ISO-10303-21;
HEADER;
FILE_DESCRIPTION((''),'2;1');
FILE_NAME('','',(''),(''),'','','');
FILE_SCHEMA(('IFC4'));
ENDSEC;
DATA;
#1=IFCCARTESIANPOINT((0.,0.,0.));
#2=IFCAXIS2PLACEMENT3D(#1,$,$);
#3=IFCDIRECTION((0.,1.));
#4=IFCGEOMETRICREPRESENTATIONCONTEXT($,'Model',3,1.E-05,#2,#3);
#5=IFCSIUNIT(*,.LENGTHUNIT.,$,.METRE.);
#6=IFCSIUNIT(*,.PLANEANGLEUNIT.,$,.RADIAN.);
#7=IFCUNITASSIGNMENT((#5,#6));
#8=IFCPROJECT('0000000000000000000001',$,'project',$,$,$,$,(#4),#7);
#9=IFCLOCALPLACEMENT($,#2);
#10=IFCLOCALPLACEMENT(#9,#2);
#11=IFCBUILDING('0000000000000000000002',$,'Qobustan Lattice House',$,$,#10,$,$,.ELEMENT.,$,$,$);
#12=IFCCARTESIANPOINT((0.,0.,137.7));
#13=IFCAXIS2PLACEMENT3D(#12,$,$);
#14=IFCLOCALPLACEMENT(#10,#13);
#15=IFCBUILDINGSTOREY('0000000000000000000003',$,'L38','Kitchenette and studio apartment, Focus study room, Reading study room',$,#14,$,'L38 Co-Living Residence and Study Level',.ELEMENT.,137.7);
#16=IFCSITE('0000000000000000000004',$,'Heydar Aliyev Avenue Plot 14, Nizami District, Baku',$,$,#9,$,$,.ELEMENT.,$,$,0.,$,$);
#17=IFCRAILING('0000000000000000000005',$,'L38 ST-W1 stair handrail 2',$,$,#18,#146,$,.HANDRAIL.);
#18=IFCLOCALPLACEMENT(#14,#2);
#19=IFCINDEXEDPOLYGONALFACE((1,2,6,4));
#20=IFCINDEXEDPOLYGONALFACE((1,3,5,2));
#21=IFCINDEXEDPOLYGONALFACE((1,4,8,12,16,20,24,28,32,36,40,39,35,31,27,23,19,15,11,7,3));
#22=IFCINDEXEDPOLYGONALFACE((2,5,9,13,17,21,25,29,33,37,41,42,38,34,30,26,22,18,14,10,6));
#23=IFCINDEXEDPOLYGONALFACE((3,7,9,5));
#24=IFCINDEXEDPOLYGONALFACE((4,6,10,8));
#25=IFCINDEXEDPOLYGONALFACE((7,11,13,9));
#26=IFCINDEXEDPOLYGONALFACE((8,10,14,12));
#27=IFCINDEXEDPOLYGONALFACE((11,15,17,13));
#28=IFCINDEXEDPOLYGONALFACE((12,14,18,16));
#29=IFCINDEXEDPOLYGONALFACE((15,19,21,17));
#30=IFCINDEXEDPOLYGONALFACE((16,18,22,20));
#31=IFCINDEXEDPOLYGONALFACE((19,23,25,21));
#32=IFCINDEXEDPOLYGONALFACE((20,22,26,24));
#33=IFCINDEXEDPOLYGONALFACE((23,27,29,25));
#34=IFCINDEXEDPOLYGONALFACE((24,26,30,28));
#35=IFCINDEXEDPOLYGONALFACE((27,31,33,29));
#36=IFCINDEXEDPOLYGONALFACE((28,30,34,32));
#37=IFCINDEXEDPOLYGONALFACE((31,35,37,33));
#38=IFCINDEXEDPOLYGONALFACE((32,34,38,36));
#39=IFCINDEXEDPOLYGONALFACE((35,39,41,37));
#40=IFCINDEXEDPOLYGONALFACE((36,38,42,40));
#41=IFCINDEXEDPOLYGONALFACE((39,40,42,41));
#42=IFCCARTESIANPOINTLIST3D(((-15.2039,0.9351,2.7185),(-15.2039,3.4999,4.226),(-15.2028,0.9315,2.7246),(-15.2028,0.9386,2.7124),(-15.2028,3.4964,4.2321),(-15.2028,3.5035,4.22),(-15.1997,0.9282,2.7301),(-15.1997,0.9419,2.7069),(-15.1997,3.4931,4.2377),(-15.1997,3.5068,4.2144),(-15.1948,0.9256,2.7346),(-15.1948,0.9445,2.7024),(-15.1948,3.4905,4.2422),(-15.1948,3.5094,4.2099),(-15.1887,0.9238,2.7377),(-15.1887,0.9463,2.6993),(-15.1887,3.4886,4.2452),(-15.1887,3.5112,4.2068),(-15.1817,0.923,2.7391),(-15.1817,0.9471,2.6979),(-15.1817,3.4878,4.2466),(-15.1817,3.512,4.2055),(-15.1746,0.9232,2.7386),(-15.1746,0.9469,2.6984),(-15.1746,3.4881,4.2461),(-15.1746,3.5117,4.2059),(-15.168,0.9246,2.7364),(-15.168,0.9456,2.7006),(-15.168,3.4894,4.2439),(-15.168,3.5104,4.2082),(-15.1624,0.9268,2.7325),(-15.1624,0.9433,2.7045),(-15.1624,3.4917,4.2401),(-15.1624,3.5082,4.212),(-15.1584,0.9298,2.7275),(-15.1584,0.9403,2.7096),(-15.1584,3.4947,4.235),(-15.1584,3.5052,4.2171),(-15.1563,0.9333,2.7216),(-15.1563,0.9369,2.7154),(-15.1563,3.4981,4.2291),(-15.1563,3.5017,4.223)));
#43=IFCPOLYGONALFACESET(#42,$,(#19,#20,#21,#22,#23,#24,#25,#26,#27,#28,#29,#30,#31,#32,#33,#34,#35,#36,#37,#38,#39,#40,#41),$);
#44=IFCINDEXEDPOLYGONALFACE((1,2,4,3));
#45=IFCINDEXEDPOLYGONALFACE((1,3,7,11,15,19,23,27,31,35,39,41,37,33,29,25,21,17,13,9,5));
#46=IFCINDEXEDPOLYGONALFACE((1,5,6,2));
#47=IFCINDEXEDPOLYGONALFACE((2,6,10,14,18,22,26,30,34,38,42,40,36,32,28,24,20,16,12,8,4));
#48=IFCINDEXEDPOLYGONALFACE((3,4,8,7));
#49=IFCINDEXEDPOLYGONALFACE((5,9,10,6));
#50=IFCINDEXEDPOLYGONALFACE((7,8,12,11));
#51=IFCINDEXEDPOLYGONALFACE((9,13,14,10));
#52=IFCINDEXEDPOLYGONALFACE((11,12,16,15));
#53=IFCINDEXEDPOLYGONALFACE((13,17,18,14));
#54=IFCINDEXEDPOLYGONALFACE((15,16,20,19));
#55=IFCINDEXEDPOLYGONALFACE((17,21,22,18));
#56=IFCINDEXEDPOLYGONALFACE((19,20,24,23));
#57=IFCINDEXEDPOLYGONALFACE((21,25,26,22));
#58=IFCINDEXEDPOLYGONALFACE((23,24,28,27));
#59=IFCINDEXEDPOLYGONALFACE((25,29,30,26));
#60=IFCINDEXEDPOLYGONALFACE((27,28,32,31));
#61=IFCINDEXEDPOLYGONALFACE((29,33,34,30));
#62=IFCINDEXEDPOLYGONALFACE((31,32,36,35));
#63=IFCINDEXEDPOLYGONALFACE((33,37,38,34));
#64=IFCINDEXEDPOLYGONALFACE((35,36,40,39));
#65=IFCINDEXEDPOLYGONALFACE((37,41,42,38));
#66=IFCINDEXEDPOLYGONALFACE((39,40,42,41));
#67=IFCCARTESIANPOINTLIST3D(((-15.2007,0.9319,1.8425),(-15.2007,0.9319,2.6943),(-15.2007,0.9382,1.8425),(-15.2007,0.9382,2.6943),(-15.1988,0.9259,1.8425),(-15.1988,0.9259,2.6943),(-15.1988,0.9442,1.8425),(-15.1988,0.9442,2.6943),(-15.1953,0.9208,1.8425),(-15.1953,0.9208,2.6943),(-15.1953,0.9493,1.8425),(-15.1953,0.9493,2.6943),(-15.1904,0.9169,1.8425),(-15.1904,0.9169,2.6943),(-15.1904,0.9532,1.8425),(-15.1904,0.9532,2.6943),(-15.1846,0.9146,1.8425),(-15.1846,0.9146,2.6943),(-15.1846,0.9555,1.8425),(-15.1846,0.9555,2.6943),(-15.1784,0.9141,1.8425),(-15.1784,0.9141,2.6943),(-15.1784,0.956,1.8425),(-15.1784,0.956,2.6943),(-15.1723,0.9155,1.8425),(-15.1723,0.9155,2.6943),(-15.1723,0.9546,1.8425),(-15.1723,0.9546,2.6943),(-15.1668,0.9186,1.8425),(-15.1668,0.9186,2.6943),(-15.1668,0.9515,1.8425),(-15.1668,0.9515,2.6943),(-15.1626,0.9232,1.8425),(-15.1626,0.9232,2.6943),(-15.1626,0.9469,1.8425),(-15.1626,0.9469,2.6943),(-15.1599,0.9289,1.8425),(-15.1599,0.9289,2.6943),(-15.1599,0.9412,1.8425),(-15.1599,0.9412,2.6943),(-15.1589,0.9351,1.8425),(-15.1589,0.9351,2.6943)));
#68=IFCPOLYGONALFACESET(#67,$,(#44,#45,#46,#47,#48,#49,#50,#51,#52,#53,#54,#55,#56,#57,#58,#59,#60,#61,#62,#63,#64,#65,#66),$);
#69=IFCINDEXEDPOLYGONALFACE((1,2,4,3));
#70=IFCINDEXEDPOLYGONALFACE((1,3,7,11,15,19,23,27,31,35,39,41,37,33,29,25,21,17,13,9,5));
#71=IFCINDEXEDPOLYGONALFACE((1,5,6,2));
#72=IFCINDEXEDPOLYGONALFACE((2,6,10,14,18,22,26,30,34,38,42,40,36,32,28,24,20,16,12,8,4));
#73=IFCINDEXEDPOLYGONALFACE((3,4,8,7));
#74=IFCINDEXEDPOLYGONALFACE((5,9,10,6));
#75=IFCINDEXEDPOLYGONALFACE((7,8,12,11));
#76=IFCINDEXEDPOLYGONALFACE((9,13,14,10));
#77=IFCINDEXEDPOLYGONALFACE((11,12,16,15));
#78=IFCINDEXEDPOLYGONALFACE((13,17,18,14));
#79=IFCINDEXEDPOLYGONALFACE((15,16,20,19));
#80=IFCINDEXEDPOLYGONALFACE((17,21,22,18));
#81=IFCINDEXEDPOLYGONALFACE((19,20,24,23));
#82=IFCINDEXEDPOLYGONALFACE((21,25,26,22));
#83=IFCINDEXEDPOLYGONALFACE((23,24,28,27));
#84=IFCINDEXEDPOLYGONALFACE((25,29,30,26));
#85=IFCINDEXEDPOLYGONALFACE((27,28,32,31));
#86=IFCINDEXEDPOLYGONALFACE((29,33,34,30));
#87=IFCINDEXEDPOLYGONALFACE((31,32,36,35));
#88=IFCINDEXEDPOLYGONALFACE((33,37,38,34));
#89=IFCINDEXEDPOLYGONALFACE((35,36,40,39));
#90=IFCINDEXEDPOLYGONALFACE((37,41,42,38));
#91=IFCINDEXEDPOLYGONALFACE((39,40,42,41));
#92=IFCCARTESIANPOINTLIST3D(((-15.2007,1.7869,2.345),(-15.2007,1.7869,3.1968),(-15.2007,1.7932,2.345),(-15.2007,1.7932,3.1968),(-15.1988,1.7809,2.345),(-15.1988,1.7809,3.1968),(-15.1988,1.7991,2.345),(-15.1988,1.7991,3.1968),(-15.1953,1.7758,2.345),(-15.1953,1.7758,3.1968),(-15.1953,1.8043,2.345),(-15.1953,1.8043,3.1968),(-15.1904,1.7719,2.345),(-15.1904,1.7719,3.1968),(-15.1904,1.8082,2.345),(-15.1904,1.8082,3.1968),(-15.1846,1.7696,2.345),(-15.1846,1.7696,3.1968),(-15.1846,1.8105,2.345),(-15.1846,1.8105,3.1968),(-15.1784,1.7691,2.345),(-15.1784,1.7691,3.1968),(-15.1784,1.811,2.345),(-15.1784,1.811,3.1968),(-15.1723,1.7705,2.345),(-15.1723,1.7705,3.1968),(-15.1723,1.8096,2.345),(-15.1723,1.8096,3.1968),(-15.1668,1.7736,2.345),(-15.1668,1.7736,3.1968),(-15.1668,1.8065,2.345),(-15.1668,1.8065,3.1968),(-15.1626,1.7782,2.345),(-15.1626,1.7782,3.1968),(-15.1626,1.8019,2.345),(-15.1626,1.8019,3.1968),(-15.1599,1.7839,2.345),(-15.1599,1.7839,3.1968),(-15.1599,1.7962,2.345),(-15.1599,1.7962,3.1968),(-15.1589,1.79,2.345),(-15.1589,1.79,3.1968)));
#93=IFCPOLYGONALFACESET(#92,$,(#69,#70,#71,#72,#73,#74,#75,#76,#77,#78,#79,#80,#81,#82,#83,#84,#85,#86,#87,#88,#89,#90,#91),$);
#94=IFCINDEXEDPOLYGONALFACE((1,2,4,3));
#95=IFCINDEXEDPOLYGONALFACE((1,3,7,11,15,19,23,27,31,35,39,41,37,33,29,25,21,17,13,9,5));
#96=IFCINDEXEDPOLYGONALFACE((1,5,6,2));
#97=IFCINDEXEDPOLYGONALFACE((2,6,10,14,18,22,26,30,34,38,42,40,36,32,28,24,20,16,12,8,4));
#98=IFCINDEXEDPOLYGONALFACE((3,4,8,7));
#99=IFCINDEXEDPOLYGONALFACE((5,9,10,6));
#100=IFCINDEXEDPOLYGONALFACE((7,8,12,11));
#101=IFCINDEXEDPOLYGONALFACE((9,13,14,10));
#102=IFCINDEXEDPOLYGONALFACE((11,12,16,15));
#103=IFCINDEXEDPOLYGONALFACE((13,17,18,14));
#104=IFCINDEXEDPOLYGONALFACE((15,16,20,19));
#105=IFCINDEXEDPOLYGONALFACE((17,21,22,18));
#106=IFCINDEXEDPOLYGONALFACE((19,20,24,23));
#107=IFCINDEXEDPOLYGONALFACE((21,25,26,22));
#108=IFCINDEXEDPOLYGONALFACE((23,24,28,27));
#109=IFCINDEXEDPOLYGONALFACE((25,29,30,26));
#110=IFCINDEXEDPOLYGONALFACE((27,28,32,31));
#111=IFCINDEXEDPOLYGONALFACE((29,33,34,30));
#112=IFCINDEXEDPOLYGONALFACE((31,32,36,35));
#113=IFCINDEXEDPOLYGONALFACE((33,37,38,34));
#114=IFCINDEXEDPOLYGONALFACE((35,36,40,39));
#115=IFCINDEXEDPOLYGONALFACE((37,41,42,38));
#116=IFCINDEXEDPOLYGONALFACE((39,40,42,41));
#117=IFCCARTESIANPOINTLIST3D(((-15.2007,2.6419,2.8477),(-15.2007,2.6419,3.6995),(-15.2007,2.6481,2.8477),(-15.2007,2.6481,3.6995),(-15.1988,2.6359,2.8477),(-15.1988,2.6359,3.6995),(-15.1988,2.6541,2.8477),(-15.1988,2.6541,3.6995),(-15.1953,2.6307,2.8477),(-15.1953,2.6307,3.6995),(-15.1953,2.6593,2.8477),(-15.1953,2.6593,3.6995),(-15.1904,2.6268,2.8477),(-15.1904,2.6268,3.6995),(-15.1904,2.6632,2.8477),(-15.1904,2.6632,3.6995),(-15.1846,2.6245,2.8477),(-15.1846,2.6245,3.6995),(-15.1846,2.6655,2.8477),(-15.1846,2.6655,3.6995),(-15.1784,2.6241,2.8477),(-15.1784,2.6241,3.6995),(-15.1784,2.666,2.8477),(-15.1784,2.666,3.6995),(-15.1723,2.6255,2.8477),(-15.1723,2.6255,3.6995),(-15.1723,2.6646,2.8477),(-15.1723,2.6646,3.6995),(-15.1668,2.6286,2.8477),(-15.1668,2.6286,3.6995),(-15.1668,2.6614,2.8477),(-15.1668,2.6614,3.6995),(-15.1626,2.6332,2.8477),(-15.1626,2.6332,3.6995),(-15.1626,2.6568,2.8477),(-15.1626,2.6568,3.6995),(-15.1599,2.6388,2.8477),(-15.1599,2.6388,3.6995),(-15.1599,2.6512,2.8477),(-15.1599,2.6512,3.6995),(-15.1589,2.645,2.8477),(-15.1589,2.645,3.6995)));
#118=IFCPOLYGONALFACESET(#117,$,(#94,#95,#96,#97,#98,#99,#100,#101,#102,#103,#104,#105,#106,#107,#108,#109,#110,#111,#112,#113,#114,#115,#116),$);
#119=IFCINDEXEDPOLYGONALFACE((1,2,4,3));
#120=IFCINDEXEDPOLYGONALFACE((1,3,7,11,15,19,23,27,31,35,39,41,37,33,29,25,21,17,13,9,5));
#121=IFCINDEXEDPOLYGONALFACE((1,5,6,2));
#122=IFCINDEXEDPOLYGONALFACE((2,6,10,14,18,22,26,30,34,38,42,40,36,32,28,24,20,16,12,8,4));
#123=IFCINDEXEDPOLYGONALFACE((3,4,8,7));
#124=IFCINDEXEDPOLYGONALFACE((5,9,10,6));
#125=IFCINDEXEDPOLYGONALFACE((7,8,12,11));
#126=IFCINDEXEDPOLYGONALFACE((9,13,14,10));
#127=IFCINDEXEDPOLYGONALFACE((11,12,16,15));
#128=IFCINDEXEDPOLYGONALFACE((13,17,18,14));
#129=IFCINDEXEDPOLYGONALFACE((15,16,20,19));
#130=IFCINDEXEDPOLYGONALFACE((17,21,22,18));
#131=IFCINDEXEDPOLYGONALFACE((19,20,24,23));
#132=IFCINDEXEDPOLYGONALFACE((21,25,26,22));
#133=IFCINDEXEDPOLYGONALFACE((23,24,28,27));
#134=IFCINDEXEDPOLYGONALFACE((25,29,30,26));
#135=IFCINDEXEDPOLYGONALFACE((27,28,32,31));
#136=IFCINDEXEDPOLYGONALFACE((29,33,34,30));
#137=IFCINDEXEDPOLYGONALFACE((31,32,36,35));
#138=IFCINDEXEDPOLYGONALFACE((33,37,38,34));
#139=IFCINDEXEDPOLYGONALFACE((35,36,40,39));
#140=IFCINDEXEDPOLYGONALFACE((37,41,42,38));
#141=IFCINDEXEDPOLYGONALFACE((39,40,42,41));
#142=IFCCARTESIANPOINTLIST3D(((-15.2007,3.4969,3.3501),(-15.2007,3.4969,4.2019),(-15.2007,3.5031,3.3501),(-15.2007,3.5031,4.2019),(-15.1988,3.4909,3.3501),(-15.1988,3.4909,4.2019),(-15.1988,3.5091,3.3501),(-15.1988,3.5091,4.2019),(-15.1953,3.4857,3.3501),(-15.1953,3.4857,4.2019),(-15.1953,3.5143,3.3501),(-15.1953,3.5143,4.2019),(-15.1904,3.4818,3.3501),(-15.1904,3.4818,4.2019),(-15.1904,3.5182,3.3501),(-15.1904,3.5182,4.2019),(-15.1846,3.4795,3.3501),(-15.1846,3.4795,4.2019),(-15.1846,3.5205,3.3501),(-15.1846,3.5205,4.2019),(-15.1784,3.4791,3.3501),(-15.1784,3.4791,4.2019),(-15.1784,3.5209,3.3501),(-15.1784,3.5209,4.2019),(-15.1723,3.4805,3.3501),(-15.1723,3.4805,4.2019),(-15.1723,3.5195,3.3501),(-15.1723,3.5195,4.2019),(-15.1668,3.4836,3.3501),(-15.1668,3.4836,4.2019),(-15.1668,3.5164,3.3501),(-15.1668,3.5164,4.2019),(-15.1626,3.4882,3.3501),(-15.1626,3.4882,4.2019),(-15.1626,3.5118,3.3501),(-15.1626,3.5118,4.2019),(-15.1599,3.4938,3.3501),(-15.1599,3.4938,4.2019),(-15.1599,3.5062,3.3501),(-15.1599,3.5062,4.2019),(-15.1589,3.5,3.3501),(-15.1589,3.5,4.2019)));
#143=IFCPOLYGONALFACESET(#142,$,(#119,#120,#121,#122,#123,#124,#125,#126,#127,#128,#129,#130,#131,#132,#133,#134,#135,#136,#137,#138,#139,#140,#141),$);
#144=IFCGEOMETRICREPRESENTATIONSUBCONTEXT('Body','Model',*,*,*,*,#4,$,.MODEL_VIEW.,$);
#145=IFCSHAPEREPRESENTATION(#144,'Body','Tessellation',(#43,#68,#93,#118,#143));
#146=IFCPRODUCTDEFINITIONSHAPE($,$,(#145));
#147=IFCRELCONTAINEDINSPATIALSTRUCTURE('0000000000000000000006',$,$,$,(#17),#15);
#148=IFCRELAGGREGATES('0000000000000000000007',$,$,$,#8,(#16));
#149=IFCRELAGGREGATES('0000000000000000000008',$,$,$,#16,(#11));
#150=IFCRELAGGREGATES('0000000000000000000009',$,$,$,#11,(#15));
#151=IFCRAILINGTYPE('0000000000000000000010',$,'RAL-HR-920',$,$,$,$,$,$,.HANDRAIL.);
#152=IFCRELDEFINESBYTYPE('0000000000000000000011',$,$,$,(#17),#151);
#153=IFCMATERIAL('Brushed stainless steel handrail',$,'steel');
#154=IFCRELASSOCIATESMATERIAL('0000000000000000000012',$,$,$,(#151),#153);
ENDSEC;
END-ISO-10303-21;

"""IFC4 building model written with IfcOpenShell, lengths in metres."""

from ifc_helpers import new_model, si_unit, direction, frame, origin, origin_2d, place, context, subcontext, project, spatial, circle, extrude, material, type_object, element, save


model = new_model("IFC4")

# Units and contexts
model_context = context("Model", 3, precision=1e-05, world=origin(), true_north=direction((0.0, 1.0)))
body_context = subcontext(model_context, "Body", "Model", "MODEL_VIEW")
ifc_project = project(units=[si_unit("LENGTHUNIT", "METRE"), si_unit("PLANEANGLEUNIT", "RADIAN")], contexts=[model_context])

# Site, building, storey
site_placement = place(None, origin())
site = spatial("IfcSite", under=ifc_project, at=site_placement, Name="Heydar Aliyev Avenue Plot 14, Nizami District, Baku", CompositionType="ELEMENT", RefElevation=0.0)
building_placement = place(site_placement, origin())
building = spatial("IfcBuilding", under=site, at=building_placement, Name="Qobustan Lattice House", CompositionType="ELEMENT")
storey_placement = place(building_placement, frame((0.0, 0.0, 137.7)))
storey = spatial("IfcBuildingStorey", under=building, at=storey_placement, Name="L38", Description="Kitchenette and studio apartment, Focus study room, Reading study room", LongName="L38 Co-Living Residence and Study Level", CompositionType="ELEMENT", Elevation=137.7)

# Railing
ifc_material_1 = material(Name="Brushed stainless steel handrail", Category="steel")
railing_type_1 = type_object("IfcRailingType", Name="RAL-HR-920", PredefinedType="HANDRAIL", material=ifc_material_1)
railing_1_placement = place(storey_placement, frame((-15.1799, 0.9351, 1.8425)))
element("IfcRailing", 1, at=railing_1_placement, inside=storey, type_object=railing_type_1, Name="L38 ST-W1 stair handrail 2", PredefinedType="HANDRAIL", context=body_context, shape_type="SweptSolid", body=[
    extrude(circle(Radius=0.0239, at=origin_2d()), frame((0.0, 0.0, 0.876), z_axis=(0.0, 0.862113, 0.506715), x_axis=(-1.0, 0.0, 0.0)), (0.0, 0.0, 1.0), 2.9751),
    extrude(circle(Radius=0.021, at=origin_2d()), origin(), (0.0, 0.0, 1.0), 0.8518),
    extrude(circle(Radius=0.021, at=origin_2d()), frame((0.0, 0.855, 0.5024)), (0.0, 0.0, 1.0), 0.8518),
    extrude(circle(Radius=0.021, at=origin_2d()), frame((0.0, 1.71, 1.0051)), (0.0, 0.0, 1.0), 0.8518),
    extrude(circle(Radius=0.021, at=origin_2d()), frame((0.0, 2.5649, 1.5076)), (0.0, 0.0, 1.0), 0.8518),
])

save(model, "model.ifc")
